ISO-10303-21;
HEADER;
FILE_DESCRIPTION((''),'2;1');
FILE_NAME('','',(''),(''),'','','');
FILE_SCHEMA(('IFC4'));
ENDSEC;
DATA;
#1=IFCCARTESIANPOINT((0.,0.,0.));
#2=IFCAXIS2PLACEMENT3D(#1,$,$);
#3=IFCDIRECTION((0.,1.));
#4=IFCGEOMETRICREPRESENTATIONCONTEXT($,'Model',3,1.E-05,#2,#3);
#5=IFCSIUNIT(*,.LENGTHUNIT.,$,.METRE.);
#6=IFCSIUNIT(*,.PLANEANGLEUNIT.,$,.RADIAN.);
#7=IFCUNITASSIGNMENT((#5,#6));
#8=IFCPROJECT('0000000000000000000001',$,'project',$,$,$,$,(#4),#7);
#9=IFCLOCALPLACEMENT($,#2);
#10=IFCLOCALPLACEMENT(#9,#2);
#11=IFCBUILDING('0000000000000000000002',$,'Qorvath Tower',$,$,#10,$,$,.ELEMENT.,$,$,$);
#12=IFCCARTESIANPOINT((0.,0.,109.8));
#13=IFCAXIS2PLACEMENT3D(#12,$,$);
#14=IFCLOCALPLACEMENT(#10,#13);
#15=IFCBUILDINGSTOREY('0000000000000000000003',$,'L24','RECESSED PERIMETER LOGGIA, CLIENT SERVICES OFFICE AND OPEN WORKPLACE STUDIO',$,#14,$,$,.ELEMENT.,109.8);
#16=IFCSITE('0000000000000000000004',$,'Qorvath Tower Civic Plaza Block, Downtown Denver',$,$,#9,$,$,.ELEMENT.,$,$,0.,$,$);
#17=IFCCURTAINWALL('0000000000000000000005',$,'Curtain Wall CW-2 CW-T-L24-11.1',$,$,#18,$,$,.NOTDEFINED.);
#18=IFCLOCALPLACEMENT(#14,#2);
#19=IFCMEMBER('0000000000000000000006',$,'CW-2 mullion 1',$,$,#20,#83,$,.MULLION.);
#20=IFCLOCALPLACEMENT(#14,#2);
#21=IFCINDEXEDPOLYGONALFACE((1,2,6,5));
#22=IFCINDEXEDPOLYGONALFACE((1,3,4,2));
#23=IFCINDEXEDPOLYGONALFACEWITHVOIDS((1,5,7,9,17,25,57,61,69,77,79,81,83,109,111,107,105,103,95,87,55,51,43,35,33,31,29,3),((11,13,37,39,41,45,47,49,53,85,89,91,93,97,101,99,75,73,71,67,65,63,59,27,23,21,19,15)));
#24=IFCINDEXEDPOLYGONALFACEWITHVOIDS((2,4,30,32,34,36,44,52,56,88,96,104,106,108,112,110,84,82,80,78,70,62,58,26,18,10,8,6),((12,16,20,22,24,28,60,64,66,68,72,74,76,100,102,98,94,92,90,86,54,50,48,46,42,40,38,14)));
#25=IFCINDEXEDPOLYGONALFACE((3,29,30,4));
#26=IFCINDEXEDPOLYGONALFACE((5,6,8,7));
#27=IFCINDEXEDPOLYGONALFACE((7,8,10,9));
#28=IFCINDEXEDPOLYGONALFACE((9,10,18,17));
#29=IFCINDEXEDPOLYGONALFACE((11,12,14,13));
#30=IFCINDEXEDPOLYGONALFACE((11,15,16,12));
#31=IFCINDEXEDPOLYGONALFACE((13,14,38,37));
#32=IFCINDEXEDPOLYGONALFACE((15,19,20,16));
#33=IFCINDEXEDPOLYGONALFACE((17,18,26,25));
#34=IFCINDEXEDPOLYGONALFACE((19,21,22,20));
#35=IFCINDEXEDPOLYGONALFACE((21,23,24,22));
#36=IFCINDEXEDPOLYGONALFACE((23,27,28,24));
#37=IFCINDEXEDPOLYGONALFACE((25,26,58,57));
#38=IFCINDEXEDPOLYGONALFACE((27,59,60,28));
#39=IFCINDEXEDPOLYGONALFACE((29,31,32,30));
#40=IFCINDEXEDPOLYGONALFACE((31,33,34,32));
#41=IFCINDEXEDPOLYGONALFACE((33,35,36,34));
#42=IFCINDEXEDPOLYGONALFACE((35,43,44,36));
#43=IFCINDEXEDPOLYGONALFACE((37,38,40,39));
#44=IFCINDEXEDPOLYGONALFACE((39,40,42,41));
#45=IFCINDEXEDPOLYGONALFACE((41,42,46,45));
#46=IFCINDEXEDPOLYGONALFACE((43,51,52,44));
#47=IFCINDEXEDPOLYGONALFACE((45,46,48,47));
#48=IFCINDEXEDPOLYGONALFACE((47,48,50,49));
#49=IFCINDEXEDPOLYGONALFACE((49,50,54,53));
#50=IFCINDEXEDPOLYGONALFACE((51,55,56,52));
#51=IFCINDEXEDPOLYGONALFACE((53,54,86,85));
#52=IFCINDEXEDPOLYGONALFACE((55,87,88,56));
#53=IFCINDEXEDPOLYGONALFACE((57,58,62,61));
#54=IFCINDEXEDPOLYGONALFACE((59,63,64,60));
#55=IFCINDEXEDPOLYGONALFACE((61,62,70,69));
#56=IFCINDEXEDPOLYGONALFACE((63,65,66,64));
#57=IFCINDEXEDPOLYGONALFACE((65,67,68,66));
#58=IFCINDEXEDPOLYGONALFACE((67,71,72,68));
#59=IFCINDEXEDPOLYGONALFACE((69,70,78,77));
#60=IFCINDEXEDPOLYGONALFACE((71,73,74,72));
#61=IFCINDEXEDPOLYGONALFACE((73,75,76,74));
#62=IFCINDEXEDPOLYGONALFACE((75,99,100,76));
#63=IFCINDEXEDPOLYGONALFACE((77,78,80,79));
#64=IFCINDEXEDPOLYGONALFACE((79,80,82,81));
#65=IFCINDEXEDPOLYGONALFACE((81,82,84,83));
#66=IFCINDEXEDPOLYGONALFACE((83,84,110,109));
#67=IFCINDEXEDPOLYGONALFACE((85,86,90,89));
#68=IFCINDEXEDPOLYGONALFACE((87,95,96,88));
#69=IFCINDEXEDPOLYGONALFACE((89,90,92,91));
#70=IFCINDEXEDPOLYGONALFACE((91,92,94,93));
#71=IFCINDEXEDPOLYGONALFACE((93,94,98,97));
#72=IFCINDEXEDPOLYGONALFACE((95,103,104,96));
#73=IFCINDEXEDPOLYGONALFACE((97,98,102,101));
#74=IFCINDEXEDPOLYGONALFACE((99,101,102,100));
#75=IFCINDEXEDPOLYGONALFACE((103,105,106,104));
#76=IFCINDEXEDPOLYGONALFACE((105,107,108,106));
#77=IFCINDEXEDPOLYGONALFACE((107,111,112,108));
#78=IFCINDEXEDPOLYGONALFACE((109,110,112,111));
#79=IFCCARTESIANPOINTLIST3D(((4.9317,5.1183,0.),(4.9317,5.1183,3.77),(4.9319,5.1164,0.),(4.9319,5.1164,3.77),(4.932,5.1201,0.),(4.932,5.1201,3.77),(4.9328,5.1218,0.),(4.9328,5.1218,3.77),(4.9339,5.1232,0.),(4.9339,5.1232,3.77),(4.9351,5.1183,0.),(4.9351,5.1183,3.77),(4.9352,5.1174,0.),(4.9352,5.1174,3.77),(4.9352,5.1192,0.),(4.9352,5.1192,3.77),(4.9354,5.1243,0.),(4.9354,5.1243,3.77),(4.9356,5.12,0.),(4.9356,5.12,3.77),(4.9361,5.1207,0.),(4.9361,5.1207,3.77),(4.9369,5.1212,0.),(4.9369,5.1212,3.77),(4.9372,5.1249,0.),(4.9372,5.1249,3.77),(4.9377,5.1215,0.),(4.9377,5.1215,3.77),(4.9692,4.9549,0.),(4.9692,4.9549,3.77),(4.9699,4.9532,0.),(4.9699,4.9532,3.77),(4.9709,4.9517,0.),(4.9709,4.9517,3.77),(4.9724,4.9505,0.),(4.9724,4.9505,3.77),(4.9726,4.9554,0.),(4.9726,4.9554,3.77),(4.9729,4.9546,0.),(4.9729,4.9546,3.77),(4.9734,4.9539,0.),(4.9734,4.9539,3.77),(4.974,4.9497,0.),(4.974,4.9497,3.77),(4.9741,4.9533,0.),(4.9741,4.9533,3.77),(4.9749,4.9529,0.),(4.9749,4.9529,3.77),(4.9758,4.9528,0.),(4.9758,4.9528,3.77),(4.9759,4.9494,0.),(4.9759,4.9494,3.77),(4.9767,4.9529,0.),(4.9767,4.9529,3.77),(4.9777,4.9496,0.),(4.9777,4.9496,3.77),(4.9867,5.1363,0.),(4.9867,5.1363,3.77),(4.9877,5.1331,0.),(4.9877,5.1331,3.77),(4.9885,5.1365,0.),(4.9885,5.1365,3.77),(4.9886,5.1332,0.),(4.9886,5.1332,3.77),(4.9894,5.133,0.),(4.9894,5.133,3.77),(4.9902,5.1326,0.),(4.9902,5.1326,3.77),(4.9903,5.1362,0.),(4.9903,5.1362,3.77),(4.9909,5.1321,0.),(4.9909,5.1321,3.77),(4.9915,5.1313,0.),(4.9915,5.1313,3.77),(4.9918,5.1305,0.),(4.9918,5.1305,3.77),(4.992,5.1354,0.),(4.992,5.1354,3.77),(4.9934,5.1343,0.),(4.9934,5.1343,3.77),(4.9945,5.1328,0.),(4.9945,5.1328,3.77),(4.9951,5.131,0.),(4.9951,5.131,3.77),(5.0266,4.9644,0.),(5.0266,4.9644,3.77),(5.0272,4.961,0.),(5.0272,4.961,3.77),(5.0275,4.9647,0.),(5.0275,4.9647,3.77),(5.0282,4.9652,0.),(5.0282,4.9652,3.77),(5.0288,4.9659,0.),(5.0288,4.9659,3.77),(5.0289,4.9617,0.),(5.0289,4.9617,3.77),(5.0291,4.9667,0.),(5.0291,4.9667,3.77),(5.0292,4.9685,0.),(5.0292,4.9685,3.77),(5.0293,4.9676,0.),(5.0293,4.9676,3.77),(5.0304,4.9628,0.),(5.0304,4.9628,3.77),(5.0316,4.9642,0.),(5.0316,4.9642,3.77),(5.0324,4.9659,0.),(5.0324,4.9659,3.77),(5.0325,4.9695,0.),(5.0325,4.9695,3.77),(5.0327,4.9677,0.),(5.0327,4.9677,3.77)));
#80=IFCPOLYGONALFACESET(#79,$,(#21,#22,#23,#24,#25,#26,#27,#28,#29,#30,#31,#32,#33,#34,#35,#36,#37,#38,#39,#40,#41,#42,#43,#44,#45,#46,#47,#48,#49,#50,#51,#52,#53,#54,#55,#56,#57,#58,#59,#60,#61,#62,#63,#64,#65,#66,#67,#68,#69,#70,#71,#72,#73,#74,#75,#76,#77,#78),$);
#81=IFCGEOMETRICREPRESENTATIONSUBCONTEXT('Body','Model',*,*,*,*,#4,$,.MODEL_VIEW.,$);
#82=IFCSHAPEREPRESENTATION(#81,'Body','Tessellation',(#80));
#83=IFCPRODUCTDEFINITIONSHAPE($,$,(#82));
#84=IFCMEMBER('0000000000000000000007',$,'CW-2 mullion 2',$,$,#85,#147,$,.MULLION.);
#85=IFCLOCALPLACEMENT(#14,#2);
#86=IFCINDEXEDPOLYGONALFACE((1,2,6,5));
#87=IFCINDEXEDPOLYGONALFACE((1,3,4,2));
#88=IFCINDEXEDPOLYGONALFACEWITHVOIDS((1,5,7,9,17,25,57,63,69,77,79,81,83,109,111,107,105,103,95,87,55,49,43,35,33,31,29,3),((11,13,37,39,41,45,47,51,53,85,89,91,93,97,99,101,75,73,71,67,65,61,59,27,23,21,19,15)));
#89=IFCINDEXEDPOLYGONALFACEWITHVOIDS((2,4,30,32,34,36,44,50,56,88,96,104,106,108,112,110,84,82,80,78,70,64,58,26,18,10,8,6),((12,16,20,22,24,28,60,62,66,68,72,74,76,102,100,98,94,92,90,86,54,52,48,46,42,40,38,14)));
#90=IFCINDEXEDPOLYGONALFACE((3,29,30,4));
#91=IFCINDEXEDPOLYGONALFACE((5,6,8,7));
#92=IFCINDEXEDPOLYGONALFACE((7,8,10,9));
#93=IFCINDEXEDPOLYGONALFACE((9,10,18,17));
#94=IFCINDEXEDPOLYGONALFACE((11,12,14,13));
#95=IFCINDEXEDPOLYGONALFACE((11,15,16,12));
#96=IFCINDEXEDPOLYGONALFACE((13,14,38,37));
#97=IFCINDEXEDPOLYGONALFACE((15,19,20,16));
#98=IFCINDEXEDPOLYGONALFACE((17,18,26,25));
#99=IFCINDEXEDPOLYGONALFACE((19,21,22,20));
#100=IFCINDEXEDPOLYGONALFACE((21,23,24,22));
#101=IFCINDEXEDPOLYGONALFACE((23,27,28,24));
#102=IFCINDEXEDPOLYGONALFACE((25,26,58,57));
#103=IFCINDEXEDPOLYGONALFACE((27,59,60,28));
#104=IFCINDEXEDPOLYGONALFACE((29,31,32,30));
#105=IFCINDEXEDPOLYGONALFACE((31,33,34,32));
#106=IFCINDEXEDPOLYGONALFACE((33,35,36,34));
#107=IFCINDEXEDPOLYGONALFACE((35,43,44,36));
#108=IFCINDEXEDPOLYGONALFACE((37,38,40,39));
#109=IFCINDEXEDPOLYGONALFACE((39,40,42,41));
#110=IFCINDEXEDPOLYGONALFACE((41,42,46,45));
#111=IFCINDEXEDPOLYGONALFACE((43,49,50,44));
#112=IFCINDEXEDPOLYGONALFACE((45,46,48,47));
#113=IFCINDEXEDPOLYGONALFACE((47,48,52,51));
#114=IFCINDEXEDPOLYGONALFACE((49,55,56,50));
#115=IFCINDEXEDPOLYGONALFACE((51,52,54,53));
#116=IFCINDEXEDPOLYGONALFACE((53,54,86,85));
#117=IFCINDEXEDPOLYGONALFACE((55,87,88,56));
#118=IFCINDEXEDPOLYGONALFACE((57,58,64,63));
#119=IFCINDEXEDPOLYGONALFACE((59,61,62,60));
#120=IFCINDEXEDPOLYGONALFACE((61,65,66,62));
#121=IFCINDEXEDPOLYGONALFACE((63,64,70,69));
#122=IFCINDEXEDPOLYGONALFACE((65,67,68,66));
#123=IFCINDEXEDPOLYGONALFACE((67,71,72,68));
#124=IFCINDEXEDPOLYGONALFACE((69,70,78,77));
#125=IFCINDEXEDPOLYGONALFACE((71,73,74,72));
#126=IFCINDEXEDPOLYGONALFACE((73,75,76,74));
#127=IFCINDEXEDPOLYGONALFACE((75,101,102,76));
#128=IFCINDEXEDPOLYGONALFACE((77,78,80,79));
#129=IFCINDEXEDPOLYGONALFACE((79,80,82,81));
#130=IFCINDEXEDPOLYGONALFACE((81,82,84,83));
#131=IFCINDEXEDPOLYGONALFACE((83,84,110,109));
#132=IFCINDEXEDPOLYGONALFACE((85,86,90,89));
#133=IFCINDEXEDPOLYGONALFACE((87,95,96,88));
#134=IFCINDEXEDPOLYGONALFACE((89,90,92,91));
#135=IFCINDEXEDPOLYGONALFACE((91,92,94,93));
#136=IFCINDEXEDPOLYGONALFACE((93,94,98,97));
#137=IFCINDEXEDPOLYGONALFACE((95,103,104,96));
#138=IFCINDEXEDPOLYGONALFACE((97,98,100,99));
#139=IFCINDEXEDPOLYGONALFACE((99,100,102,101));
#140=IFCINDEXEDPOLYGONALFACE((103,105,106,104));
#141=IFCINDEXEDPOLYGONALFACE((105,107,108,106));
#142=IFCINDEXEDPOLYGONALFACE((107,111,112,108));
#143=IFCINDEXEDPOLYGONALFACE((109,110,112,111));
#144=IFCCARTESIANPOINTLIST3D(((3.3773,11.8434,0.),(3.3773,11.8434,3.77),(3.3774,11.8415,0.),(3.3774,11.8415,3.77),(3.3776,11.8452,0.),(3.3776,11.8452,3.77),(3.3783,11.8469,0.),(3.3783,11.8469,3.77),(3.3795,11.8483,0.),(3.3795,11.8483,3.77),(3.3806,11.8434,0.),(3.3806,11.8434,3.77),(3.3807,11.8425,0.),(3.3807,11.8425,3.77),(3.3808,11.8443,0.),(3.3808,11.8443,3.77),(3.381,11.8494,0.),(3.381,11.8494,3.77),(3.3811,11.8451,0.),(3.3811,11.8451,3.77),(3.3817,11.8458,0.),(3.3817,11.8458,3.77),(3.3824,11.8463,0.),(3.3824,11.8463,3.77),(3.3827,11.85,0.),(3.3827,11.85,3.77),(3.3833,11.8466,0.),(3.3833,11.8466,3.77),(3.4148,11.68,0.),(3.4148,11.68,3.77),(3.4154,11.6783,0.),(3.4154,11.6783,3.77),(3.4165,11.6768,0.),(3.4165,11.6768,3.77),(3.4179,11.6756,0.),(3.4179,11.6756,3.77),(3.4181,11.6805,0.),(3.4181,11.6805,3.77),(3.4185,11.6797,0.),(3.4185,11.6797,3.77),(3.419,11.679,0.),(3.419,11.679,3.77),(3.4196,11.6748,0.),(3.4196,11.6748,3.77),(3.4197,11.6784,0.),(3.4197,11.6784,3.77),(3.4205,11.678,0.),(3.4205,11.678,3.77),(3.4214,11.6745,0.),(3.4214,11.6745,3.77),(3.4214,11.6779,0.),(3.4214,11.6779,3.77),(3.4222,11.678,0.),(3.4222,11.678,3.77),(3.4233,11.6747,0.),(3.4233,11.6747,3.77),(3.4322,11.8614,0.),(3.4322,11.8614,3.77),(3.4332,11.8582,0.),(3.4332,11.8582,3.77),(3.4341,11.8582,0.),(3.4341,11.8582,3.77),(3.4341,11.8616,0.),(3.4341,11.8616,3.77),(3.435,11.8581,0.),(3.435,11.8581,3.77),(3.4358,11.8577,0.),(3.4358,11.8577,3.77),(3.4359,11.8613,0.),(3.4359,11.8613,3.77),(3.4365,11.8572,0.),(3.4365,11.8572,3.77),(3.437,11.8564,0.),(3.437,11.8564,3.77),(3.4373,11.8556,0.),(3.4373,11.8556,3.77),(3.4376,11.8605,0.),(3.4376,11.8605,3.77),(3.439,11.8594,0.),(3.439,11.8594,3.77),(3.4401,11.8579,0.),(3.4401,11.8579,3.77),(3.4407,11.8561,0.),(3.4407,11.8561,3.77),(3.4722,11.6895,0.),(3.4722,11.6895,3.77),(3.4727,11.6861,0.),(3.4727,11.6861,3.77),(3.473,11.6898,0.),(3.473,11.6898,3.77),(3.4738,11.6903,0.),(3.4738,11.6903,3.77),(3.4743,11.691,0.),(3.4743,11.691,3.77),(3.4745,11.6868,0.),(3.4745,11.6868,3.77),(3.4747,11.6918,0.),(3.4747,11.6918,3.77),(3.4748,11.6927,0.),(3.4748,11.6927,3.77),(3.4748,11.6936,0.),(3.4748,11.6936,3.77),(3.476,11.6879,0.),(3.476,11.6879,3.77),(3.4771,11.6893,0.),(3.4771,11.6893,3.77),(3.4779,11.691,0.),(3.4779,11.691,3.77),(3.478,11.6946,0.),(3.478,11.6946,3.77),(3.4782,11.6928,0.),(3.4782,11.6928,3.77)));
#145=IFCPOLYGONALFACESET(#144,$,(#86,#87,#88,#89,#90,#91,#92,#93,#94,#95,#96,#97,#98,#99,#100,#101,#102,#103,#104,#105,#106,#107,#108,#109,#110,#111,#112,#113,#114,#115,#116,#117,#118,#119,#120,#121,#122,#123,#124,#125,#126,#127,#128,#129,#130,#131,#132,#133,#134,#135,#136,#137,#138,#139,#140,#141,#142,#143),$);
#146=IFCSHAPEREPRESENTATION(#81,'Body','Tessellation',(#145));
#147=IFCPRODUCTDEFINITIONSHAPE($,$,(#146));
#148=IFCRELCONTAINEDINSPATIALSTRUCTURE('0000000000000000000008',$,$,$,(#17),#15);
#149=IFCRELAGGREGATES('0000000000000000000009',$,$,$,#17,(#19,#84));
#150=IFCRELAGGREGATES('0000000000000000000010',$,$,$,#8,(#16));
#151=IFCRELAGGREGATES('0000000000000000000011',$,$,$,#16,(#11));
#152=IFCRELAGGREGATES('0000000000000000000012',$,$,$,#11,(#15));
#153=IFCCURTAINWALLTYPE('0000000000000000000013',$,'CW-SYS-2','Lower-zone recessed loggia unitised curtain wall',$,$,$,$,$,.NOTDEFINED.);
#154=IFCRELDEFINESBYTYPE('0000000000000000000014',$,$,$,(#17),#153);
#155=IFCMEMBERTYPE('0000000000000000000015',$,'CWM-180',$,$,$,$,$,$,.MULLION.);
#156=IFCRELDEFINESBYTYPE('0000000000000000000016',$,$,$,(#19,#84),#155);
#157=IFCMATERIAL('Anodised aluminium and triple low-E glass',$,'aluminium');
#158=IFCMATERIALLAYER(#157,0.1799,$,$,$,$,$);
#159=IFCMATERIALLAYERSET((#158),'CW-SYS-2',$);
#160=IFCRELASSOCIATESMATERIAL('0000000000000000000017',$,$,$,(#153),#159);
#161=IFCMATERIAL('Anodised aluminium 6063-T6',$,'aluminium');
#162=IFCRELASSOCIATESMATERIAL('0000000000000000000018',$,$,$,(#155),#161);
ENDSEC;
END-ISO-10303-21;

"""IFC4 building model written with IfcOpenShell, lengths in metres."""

from ifc_helpers import new_model, si_unit, direction, frame, origin, origin_2d, place, context, subcontext, project, spatial, hollow_rectangle, extrude, material, layer, layer_set, material_profile, profile_set, type_object, element, aggregate, save


model = new_model("IFC4")

# Units and contexts
model_context = context("Model", 3, precision=1e-05, world=origin(), true_north=direction((0.0, 1.0)))
body_context = subcontext(model_context, "Body", "Model", "MODEL_VIEW")
ifc_project = project(units=[si_unit("LENGTHUNIT", "METRE"), si_unit("PLANEANGLEUNIT", "RADIAN")], contexts=[model_context])

# Site, building, storey
site_placement = place(None, origin())
site = spatial("IfcSite", under=ifc_project, at=site_placement, Name="Qorvath Tower Civic Plaza Block, Downtown Denver", CompositionType="ELEMENT", RefElevation=0.0)
building_placement = place(site_placement, origin())
building = spatial("IfcBuilding", under=site, at=building_placement, Name="Qorvath Tower", CompositionType="ELEMENT")
storey_placement = place(building_placement, frame((0.0, 0.0, 109.8)))
storey = spatial("IfcBuildingStorey", under=building, at=storey_placement, Name="L24", Description="RECESSED PERIMETER LOGGIA, CLIENT SERVICES OFFICE AND OPEN WORKPLACE STUDIO", CompositionType="ELEMENT", Elevation=109.8)

# Curtain wall, members
ifc_material_1 = material(Name="Anodised aluminium and triple low-E glass", Category="aluminium")
ifc_layer_1 = layer(ifc_material_1, 0.1799)
ifc_layer_set_1 = layer_set([ifc_layer_1], Name="CW-SYS-2")
curtain_wall_type = type_object("IfcCurtainWallType", Name="CW-SYS-2", Description="Lower-zone recessed loggia unitised curtain wall", PredefinedType="NOTDEFINED", material=ifc_layer_set_1)
curtain_wall_1_placement = place(storey_placement, origin())
curtain_wall_1 = element("IfcCurtainWall", 1, at=curtain_wall_1_placement, inside=storey, type_object=curtain_wall_type, Name="Curtain Wall CW-2 CW-T-L24-11.1", PredefinedType="NOTDEFINED")
ifc_material_2 = material(Name="Anodised aluminium 6063-T6", Category="aluminium")
ifc_material_profile_1 = material_profile(ifc_material_2, hollow_rectangle(XDim=0.0649, YDim=0.1799, WallThickness=0.0034, InnerFilletRadius=0.0034, OuterFilletRadius=0.0071, at=origin_2d()), Name="CWM 180x65")
ifc_profile_set_1 = profile_set([ifc_material_profile_1], Name="Anodised aluminium 6063-T6")
member_type_1 = type_object("IfcMemberType", Name="CWM-180", PredefinedType="MULLION", material=ifc_profile_set_1)
member_1_placement = place(storey_placement, frame((4.9822, 5.043, 0.0), z_axis=(0.0, 0.0, 1.0), x_axis=(-0.974313, -0.2252, 0.0)))
member_1 = element("IfcMember", 2, at=member_1_placement, type_object=member_type_1, Name="CW-2 mullion 1", PredefinedType="MULLION", context=body_context, shape_type="SweptSolid", body=[
    extrude(hollow_rectangle(XDim=0.0649, YDim=0.1799, WallThickness=0.0034, InnerFilletRadius=0.0034, OuterFilletRadius=0.0071, at=origin_2d()), origin(), (0.0, 0.0, 1.0), 3.77),
])
member_2_placement = place(storey_placement, frame((3.4277, 11.7681, 0.0), z_axis=(0.0, 0.0, 1.0), x_axis=(-0.974313, -0.2252, 0.0)))
member_2 = element("IfcMember", 3, at=member_2_placement, type_object=member_type_1, Name="CW-2 mullion 2", PredefinedType="MULLION", context=body_context, shape_type="SweptSolid", body=[
    extrude(hollow_rectangle(XDim=0.0649, YDim=0.1799, WallThickness=0.0034, InnerFilletRadius=0.0034, OuterFilletRadius=0.0071, at=origin_2d()), origin(), (0.0, 0.0, 1.0), 3.77),
])

aggregate(curtain_wall_1, [member_1, member_2])

save(model, "model.ifc")
